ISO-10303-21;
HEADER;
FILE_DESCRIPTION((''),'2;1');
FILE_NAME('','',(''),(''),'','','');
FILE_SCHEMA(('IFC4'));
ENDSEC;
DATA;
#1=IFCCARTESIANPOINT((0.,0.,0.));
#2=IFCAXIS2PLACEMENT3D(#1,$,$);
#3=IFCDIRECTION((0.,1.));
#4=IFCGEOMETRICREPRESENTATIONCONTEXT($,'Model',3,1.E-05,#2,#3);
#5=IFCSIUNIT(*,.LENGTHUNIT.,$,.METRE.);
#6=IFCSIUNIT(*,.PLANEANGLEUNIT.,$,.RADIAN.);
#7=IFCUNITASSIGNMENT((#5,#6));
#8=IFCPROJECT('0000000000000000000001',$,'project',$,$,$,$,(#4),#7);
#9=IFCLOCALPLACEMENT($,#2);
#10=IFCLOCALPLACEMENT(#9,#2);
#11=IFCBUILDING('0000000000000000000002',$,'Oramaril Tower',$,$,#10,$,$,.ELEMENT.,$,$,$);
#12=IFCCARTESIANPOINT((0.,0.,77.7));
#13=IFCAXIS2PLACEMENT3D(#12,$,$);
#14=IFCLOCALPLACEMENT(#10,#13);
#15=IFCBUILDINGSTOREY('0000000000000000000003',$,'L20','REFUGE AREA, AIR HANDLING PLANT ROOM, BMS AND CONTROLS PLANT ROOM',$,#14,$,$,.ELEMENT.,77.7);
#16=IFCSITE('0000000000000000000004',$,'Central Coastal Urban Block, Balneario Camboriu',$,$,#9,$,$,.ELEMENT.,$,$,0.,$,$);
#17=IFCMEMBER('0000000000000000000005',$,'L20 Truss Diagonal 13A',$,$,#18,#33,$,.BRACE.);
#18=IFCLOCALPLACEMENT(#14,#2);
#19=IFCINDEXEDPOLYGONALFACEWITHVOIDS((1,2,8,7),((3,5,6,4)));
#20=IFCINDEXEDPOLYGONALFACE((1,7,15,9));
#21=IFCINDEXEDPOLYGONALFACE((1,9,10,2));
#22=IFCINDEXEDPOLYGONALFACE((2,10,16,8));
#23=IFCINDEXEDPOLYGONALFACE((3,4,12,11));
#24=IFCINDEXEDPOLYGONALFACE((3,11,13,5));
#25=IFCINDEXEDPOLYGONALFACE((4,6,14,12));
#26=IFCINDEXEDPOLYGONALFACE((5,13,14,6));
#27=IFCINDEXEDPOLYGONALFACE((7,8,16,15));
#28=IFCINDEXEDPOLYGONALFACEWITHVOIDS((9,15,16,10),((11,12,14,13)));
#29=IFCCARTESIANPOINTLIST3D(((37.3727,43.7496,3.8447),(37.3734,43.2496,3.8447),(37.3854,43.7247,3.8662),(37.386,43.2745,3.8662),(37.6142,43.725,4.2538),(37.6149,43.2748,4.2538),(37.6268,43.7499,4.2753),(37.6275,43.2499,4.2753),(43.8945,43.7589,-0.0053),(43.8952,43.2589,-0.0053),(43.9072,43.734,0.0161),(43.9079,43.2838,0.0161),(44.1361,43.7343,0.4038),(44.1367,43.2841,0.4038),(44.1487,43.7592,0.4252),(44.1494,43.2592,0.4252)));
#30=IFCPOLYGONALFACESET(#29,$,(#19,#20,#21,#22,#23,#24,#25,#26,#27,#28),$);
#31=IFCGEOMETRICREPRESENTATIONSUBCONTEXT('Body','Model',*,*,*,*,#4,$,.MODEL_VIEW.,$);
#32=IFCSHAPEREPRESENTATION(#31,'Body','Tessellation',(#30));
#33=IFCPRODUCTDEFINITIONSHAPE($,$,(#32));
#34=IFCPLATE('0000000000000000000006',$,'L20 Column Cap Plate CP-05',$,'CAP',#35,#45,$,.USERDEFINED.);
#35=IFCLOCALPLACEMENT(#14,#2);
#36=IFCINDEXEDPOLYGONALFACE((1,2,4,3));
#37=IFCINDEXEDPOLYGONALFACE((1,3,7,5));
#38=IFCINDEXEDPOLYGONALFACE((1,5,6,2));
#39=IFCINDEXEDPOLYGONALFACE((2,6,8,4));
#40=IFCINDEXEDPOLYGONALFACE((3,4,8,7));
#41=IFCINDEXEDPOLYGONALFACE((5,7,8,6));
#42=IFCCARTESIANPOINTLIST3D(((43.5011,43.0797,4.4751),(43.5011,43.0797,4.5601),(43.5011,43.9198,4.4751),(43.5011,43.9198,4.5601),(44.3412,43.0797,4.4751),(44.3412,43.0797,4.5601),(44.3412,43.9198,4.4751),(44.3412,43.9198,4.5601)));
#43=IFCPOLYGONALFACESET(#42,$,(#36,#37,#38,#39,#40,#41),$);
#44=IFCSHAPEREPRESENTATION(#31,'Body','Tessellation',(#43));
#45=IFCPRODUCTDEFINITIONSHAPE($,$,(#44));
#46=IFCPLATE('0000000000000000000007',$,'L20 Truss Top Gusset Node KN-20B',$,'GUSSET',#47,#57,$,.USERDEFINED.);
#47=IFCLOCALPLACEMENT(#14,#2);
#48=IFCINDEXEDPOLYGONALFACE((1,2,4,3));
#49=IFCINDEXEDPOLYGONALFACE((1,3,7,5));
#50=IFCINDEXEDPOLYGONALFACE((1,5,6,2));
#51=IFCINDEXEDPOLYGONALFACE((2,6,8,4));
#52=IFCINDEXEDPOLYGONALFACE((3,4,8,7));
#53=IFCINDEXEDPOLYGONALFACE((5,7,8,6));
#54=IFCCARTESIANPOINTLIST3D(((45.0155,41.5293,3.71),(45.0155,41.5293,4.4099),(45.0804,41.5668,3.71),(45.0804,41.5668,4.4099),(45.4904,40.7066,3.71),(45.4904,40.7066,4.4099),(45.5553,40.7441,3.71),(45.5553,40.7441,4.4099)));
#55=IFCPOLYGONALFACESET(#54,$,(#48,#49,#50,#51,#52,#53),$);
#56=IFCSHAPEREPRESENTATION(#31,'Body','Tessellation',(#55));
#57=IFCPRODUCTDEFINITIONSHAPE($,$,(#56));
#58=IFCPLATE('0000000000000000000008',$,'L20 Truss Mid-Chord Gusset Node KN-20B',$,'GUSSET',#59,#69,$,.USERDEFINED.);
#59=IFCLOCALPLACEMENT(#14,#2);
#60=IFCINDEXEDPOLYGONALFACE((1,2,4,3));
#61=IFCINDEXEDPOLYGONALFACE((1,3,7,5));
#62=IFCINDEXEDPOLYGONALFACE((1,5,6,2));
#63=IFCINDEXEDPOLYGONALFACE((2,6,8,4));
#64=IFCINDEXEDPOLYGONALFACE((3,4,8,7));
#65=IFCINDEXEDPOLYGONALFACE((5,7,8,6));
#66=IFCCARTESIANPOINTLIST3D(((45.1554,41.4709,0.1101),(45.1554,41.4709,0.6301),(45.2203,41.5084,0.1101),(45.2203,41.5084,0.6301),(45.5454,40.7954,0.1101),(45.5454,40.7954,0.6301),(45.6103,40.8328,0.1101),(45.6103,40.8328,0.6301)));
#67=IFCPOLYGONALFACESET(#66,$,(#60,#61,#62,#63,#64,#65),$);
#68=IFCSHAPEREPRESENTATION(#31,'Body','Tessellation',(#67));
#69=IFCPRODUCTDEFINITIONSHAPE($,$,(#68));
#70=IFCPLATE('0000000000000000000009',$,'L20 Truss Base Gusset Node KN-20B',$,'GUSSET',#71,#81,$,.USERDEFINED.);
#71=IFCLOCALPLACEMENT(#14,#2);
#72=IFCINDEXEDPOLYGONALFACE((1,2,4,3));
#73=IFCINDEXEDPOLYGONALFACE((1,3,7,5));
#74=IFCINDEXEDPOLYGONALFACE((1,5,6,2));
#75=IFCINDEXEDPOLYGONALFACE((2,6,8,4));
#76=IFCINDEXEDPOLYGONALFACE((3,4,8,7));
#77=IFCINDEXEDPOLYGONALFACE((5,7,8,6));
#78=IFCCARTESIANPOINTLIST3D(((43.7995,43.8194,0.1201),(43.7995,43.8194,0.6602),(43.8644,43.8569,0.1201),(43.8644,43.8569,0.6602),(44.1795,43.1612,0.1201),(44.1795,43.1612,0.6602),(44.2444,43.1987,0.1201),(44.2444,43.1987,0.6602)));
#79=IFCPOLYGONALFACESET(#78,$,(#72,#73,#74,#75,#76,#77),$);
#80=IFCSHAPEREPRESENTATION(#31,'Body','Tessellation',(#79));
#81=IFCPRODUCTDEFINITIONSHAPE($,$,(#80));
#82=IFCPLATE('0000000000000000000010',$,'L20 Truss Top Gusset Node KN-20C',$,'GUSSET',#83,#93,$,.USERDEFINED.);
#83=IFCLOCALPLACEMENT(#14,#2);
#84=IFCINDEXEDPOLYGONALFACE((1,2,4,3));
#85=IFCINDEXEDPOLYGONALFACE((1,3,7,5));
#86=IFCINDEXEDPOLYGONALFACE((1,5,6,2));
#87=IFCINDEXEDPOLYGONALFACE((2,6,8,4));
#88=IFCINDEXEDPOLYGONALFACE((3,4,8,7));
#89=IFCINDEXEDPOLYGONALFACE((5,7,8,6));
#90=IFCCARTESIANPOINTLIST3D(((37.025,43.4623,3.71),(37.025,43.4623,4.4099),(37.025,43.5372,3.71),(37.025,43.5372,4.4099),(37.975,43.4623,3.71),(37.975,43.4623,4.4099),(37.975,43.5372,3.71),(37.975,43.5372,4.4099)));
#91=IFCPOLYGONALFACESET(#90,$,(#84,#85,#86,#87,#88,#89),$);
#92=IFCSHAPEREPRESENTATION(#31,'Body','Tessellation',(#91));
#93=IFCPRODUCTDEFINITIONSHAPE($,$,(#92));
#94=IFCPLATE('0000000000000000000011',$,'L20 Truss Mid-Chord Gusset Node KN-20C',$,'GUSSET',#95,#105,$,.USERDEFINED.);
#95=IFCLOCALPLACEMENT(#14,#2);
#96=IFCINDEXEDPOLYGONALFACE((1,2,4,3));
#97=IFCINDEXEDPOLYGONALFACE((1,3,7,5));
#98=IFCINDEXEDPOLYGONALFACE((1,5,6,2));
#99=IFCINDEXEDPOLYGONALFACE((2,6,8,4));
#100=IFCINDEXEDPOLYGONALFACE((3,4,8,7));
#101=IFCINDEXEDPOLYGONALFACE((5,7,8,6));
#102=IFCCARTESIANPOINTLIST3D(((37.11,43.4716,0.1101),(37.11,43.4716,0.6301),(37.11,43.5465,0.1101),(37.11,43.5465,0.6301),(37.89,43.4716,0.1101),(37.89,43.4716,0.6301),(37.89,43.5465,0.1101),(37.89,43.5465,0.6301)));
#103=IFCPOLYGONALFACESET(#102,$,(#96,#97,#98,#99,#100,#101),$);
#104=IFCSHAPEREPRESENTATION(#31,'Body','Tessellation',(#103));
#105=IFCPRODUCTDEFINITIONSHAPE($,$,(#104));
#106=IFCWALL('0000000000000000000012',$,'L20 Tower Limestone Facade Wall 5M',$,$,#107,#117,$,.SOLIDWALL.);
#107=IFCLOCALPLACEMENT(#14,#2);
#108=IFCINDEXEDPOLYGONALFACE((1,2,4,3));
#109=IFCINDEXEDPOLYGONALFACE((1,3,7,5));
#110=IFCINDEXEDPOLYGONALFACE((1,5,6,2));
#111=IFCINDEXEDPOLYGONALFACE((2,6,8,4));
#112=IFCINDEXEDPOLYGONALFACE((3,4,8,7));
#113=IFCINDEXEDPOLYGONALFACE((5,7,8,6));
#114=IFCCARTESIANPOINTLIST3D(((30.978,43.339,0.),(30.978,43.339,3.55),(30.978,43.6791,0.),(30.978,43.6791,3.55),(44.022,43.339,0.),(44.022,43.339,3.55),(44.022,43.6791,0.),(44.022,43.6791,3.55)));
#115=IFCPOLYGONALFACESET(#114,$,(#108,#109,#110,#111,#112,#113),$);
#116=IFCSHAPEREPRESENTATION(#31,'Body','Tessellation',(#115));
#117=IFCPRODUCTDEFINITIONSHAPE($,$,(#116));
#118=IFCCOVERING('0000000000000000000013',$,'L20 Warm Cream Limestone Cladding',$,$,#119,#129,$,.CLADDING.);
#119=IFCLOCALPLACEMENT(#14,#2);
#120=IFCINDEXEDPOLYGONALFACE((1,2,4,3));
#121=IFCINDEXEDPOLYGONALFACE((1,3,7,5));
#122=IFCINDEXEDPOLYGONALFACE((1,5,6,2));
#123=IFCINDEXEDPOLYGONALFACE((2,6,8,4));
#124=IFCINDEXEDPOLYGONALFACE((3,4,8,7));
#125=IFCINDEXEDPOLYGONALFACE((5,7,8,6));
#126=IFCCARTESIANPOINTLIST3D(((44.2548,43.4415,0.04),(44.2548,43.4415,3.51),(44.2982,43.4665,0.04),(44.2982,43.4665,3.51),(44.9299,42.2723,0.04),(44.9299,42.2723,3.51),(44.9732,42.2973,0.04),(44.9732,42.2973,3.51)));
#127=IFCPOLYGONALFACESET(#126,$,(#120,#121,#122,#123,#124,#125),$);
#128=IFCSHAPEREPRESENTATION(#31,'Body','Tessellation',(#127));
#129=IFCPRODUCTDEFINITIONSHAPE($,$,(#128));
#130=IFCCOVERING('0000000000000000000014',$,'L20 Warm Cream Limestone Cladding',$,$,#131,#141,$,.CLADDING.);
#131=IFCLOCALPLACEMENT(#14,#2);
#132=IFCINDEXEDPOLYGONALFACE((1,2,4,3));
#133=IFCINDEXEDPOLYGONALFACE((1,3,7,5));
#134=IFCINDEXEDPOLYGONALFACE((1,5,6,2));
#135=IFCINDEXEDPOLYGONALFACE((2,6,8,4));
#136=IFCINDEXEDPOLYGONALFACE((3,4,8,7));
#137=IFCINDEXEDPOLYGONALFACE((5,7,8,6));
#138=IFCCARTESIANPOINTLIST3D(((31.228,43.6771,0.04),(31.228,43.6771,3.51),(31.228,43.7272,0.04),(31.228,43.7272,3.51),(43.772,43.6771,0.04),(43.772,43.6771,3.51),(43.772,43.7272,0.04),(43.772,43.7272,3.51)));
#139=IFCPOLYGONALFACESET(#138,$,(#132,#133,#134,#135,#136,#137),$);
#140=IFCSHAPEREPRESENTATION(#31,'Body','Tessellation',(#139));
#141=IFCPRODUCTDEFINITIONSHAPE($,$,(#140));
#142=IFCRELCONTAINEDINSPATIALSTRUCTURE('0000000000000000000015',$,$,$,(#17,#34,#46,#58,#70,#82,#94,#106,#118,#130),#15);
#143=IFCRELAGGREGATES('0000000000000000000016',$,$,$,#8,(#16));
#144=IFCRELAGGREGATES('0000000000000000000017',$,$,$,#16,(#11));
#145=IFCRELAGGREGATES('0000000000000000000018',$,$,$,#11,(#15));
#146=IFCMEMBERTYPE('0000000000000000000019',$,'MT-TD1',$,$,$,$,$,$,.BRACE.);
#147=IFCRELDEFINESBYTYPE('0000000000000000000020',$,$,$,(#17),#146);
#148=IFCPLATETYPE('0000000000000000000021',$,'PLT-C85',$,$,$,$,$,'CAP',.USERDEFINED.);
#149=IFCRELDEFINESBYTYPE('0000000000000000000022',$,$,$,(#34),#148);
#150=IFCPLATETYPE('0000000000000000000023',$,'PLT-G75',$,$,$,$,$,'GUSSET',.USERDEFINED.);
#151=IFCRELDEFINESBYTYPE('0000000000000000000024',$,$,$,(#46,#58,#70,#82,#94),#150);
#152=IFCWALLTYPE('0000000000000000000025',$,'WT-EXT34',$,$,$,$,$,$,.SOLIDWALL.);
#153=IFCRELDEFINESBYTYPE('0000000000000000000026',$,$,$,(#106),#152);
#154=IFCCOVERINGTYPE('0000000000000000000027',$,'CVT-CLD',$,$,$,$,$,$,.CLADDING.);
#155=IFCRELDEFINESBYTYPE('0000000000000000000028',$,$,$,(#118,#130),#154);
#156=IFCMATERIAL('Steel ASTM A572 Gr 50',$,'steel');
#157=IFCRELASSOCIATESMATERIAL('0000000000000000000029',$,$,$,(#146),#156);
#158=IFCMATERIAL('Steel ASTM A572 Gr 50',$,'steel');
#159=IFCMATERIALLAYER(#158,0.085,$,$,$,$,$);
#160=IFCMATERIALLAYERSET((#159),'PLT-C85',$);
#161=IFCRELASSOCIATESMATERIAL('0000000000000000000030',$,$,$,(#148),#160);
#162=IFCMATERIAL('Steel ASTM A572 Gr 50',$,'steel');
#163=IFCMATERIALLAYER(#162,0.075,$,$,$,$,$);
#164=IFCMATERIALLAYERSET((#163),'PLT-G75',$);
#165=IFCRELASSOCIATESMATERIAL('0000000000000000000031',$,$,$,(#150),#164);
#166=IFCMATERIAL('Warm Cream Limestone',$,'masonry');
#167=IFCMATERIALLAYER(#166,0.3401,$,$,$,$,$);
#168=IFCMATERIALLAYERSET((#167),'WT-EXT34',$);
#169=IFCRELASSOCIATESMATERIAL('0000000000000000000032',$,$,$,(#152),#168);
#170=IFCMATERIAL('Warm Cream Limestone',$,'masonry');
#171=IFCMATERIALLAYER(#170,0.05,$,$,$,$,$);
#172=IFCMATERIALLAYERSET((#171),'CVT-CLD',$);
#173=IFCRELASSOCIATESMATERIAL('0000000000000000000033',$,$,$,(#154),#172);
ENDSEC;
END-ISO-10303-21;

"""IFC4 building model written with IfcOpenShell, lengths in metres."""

from ifc_helpers import new_model, si_unit, direction, frame, frame_2d, origin, origin_2d, place, context, subcontext, project, spatial, rectangle, hollow_rectangle, extrude, material, layer, layer_set, material_profile, profile_set, type_object, element, save


model = new_model("IFC4")

# Units and contexts
model_context = context("Model", 3, precision=1e-05, world=origin(), true_north=direction((0.0, 1.0)))
body_context = subcontext(model_context, "Body", "Model", "MODEL_VIEW")
ifc_project = project(units=[si_unit("LENGTHUNIT", "METRE"), si_unit("PLANEANGLEUNIT", "RADIAN")], contexts=[model_context])

# Site, building, storey
site_placement = place(None, origin())
site = spatial("IfcSite", under=ifc_project, at=site_placement, Name="Central Coastal Urban Block, Balneario Camboriu", CompositionType="ELEMENT", RefElevation=0.0)
building_placement = place(site_placement, origin())
building = spatial("IfcBuilding", under=site, at=building_placement, Name="Oramaril Tower", CompositionType="ELEMENT")
storey_placement = place(building_placement, frame((0.0, 0.0, 77.7)))
storey = spatial("IfcBuildingStorey", under=building, at=storey_placement, Name="L20", Description="REFUGE AREA, AIR HANDLING PLANT ROOM, BMS AND CONTROLS PLANT ROOM", CompositionType="ELEMENT", Elevation=77.7)

# Member
ifc_material_1 = material(Name="Steel ASTM A572 Gr 50", Category="steel")
ifc_material_profile_1 = material_profile(ifc_material_1, hollow_rectangle(XDim=0.5, YDim=0.5, WallThickness=0.0249, at=origin_2d()), Name="HSS500X500X25")
ifc_profile_set_1 = profile_set([ifc_material_profile_1], Name="Steel ASTM A572 Gr 50")
member_type_1 = type_object("IfcMemberType", Name="MT-TD1", PredefinedType="BRACE", material=ifc_profile_set_1)
member_1_placement = place(storey_placement, frame((44.022, 43.509, 0.21), z_axis=(-0.861145, -0.001225, 0.508357), x_axis=(0.001422, -0.999999, 0.0)))
element("IfcMember", 1, at=member_1_placement, inside=storey, type_object=member_type_1, Name="L20 Truss Diagonal 13A", PredefinedType="BRACE", context=body_context, shape_type="SweptSolid", body=[
    extrude(hollow_rectangle(XDim=0.5, YDim=0.5, WallThickness=0.0249, at=origin_2d()), origin(), (0.0, 0.0, 1.0), 7.5735),
])

# Plates
ifc_material_2 = material(Name="Steel ASTM A572 Gr 50", Category="steel")
ifc_layer_1 = layer(ifc_material_2, 0.085)
ifc_layer_set_1 = layer_set([ifc_layer_1], Name="PLT-C85")
plate_type_1 = type_object("IfcPlateType", Name="PLT-C85", ElementType="CAP", PredefinedType="USERDEFINED", material=ifc_layer_set_1)
plate_1_placement = place(storey_placement, frame((43.9211, 43.4998, 4.4751), z_axis=(0.0, 0.0, 1.0), x_axis=(1.0, 0.0, 0.0)))
element("IfcPlate", 2, at=plate_1_placement, inside=storey, type_object=plate_type_1, Name="L20 Column Cap Plate CP-05", ObjectType="CAP", PredefinedType="USERDEFINED", context=body_context, shape_type="SweptSolid", body=[
    extrude(rectangle(XDim=0.8401, YDim=0.8401, at=origin_2d()), origin(), (0.0, 0.0, 1.0), 0.085),
])
ifc_material_3 = material(Name="Steel ASTM A572 Gr 50", Category="steel")
ifc_layer_2 = layer(ifc_material_3, 0.075)
ifc_layer_set_2 = layer_set([ifc_layer_2], Name="PLT-G75")
plate_type_2 = type_object("IfcPlateType", Name="PLT-G75", ElementType="GUSSET", PredefinedType="USERDEFINED", material=ifc_layer_set_2)
plate_2_placement = place(storey_placement, frame((45.2854, 41.1367, 3.71), z_axis=(0.0, 0.0, 1.0), x_axis=(-0.499997, 0.866027, 0.0)))
element("IfcPlate", 3, at=plate_2_placement, inside=storey, type_object=plate_type_2, Name="L20 Truss Top Gusset Node KN-20B", ObjectType="GUSSET", PredefinedType="USERDEFINED", context=body_context, shape_type="SweptSolid", body=[
    extrude(rectangle(XDim=0.95, YDim=0.075, at=origin_2d()), origin(), (0.0, 0.0, 1.0), 0.7),
])
plate_3_placement = place(storey_placement, frame((45.3828, 41.1519, 0.1101), z_axis=(0.0, 0.0, 1.0), x_axis=(-0.499997, 0.866027, 0.0)))
element("IfcPlate", 4, at=plate_3_placement, inside=storey, type_object=plate_type_2, Name="L20 Truss Mid-Chord Gusset Node KN-20B", ObjectType="GUSSET", PredefinedType="USERDEFINED", context=body_context, shape_type="SweptSolid", body=[
    extrude(rectangle(XDim=0.78, YDim=0.075, at=origin_2d()), origin(), (0.0, 0.0, 1.0), 0.52),
])
plate_4_placement = place(storey_placement, frame((44.022, 43.509, 0.1201), z_axis=(0.0, 0.0, 1.0), x_axis=(-0.499997, 0.866027, 0.0)))
element("IfcPlate", 5, at=plate_4_placement, inside=storey, type_object=plate_type_2, Name="L20 Truss Base Gusset Node KN-20B", ObjectType="GUSSET", PredefinedType="USERDEFINED", context=body_context, shape_type="SweptSolid", body=[
    extrude(rectangle(XDim=0.76, YDim=0.075, at=origin_2d()), origin(), (0.0, 0.0, 1.0), 0.54),
])
plate_5_placement = place(storey_placement, frame((37.5, 43.4998, 3.71), z_axis=(0.0, 0.0, 1.0), x_axis=(-1.0, 0.0, 0.0)))
element("IfcPlate", 6, at=plate_5_placement, inside=storey, type_object=plate_type_2, Name="L20 Truss Top Gusset Node KN-20C", ObjectType="GUSSET", PredefinedType="USERDEFINED", context=body_context, shape_type="SweptSolid", body=[
    extrude(rectangle(XDim=0.95, YDim=0.075, at=origin_2d()), origin(), (0.0, 0.0, 1.0), 0.7),
])
plate_6_placement = place(storey_placement, frame((37.5, 43.509, 0.1101), z_axis=(0.0, 0.0, 1.0), x_axis=(-1.0, 0.0, 0.0)))
element("IfcPlate", 7, at=plate_6_placement, inside=storey, type_object=plate_type_2, Name="L20 Truss Mid-Chord Gusset Node KN-20C", ObjectType="GUSSET", PredefinedType="USERDEFINED", context=body_context, shape_type="SweptSolid", body=[
    extrude(rectangle(XDim=0.78, YDim=0.075, at=origin_2d()), origin(), (0.0, 0.0, 1.0), 0.52),
])

# Wall
ifc_material_4 = material(Name="Warm Cream Limestone", Category="masonry")
ifc_layer_3 = layer(ifc_material_4, 0.3401)
ifc_layer_set_3 = layer_set([ifc_layer_3], Name="WT-EXT34")
wall_type = type_object("IfcWallType", Name="WT-EXT34", PredefinedType="SOLIDWALL", material=ifc_layer_set_3)
wall_placement = place(storey_placement, frame((44.022, 43.509, 0.0), z_axis=(0.0, 0.0, 1.0), x_axis=(-1.0, 0.0, 0.0)))
element("IfcWall", 8, at=wall_placement, inside=storey, type_object=wall_type, Name="L20 Tower Limestone Facade Wall 5M", PredefinedType="SOLIDWALL", context=body_context, shape_type="SweptSolid", body=[
    extrude(rectangle(XDim=13.0439, YDim=0.3401, at=frame_2d((6.522, 0.0))), origin(), (0.0, 0.0, 1.0), 3.55),
])

# Coverings
ifc_material_5 = material(Name="Warm Cream Limestone", Category="masonry")
ifc_layer_4 = layer(ifc_material_5, 0.05)
ifc_layer_set_4 = layer_set([ifc_layer_4], Name="CVT-CLD")
covering_type = type_object("IfcCoveringType", Name="CVT-CLD", PredefinedType="CLADDING", material=ifc_layer_set_4)
covering_1_placement = place(storey_placement, frame((44.614, 42.8694, 0.04), z_axis=(0.0, 0.0, 1.0), x_axis=(-0.499998, 0.866026, 0.0)))
element("IfcCovering", 9, at=covering_1_placement, inside=storey, type_object=covering_type, Name="L20 Warm Cream Limestone Cladding", PredefinedType="CLADDING", context=body_context, shape_type="SweptSolid", body=[
    extrude(rectangle(XDim=1.3501, YDim=0.05, at=origin_2d()), origin(), (0.0, 0.0, 1.0), 3.47),
])
covering_2_placement = place(storey_placement, frame((37.5, 43.7021, 0.04), z_axis=(0.0, 0.0, 1.0), x_axis=(-1.0, 0.0, 0.0)))
element("IfcCovering", 10, at=covering_2_placement, inside=storey, type_object=covering_type, Name="L20 Warm Cream Limestone Cladding", PredefinedType="CLADDING", context=body_context, shape_type="SweptSolid", body=[
    extrude(rectangle(XDim=12.5439, YDim=0.05, at=origin_2d()), origin(), (0.0, 0.0, 1.0), 3.47),
])

save(model, "model.ifc")
